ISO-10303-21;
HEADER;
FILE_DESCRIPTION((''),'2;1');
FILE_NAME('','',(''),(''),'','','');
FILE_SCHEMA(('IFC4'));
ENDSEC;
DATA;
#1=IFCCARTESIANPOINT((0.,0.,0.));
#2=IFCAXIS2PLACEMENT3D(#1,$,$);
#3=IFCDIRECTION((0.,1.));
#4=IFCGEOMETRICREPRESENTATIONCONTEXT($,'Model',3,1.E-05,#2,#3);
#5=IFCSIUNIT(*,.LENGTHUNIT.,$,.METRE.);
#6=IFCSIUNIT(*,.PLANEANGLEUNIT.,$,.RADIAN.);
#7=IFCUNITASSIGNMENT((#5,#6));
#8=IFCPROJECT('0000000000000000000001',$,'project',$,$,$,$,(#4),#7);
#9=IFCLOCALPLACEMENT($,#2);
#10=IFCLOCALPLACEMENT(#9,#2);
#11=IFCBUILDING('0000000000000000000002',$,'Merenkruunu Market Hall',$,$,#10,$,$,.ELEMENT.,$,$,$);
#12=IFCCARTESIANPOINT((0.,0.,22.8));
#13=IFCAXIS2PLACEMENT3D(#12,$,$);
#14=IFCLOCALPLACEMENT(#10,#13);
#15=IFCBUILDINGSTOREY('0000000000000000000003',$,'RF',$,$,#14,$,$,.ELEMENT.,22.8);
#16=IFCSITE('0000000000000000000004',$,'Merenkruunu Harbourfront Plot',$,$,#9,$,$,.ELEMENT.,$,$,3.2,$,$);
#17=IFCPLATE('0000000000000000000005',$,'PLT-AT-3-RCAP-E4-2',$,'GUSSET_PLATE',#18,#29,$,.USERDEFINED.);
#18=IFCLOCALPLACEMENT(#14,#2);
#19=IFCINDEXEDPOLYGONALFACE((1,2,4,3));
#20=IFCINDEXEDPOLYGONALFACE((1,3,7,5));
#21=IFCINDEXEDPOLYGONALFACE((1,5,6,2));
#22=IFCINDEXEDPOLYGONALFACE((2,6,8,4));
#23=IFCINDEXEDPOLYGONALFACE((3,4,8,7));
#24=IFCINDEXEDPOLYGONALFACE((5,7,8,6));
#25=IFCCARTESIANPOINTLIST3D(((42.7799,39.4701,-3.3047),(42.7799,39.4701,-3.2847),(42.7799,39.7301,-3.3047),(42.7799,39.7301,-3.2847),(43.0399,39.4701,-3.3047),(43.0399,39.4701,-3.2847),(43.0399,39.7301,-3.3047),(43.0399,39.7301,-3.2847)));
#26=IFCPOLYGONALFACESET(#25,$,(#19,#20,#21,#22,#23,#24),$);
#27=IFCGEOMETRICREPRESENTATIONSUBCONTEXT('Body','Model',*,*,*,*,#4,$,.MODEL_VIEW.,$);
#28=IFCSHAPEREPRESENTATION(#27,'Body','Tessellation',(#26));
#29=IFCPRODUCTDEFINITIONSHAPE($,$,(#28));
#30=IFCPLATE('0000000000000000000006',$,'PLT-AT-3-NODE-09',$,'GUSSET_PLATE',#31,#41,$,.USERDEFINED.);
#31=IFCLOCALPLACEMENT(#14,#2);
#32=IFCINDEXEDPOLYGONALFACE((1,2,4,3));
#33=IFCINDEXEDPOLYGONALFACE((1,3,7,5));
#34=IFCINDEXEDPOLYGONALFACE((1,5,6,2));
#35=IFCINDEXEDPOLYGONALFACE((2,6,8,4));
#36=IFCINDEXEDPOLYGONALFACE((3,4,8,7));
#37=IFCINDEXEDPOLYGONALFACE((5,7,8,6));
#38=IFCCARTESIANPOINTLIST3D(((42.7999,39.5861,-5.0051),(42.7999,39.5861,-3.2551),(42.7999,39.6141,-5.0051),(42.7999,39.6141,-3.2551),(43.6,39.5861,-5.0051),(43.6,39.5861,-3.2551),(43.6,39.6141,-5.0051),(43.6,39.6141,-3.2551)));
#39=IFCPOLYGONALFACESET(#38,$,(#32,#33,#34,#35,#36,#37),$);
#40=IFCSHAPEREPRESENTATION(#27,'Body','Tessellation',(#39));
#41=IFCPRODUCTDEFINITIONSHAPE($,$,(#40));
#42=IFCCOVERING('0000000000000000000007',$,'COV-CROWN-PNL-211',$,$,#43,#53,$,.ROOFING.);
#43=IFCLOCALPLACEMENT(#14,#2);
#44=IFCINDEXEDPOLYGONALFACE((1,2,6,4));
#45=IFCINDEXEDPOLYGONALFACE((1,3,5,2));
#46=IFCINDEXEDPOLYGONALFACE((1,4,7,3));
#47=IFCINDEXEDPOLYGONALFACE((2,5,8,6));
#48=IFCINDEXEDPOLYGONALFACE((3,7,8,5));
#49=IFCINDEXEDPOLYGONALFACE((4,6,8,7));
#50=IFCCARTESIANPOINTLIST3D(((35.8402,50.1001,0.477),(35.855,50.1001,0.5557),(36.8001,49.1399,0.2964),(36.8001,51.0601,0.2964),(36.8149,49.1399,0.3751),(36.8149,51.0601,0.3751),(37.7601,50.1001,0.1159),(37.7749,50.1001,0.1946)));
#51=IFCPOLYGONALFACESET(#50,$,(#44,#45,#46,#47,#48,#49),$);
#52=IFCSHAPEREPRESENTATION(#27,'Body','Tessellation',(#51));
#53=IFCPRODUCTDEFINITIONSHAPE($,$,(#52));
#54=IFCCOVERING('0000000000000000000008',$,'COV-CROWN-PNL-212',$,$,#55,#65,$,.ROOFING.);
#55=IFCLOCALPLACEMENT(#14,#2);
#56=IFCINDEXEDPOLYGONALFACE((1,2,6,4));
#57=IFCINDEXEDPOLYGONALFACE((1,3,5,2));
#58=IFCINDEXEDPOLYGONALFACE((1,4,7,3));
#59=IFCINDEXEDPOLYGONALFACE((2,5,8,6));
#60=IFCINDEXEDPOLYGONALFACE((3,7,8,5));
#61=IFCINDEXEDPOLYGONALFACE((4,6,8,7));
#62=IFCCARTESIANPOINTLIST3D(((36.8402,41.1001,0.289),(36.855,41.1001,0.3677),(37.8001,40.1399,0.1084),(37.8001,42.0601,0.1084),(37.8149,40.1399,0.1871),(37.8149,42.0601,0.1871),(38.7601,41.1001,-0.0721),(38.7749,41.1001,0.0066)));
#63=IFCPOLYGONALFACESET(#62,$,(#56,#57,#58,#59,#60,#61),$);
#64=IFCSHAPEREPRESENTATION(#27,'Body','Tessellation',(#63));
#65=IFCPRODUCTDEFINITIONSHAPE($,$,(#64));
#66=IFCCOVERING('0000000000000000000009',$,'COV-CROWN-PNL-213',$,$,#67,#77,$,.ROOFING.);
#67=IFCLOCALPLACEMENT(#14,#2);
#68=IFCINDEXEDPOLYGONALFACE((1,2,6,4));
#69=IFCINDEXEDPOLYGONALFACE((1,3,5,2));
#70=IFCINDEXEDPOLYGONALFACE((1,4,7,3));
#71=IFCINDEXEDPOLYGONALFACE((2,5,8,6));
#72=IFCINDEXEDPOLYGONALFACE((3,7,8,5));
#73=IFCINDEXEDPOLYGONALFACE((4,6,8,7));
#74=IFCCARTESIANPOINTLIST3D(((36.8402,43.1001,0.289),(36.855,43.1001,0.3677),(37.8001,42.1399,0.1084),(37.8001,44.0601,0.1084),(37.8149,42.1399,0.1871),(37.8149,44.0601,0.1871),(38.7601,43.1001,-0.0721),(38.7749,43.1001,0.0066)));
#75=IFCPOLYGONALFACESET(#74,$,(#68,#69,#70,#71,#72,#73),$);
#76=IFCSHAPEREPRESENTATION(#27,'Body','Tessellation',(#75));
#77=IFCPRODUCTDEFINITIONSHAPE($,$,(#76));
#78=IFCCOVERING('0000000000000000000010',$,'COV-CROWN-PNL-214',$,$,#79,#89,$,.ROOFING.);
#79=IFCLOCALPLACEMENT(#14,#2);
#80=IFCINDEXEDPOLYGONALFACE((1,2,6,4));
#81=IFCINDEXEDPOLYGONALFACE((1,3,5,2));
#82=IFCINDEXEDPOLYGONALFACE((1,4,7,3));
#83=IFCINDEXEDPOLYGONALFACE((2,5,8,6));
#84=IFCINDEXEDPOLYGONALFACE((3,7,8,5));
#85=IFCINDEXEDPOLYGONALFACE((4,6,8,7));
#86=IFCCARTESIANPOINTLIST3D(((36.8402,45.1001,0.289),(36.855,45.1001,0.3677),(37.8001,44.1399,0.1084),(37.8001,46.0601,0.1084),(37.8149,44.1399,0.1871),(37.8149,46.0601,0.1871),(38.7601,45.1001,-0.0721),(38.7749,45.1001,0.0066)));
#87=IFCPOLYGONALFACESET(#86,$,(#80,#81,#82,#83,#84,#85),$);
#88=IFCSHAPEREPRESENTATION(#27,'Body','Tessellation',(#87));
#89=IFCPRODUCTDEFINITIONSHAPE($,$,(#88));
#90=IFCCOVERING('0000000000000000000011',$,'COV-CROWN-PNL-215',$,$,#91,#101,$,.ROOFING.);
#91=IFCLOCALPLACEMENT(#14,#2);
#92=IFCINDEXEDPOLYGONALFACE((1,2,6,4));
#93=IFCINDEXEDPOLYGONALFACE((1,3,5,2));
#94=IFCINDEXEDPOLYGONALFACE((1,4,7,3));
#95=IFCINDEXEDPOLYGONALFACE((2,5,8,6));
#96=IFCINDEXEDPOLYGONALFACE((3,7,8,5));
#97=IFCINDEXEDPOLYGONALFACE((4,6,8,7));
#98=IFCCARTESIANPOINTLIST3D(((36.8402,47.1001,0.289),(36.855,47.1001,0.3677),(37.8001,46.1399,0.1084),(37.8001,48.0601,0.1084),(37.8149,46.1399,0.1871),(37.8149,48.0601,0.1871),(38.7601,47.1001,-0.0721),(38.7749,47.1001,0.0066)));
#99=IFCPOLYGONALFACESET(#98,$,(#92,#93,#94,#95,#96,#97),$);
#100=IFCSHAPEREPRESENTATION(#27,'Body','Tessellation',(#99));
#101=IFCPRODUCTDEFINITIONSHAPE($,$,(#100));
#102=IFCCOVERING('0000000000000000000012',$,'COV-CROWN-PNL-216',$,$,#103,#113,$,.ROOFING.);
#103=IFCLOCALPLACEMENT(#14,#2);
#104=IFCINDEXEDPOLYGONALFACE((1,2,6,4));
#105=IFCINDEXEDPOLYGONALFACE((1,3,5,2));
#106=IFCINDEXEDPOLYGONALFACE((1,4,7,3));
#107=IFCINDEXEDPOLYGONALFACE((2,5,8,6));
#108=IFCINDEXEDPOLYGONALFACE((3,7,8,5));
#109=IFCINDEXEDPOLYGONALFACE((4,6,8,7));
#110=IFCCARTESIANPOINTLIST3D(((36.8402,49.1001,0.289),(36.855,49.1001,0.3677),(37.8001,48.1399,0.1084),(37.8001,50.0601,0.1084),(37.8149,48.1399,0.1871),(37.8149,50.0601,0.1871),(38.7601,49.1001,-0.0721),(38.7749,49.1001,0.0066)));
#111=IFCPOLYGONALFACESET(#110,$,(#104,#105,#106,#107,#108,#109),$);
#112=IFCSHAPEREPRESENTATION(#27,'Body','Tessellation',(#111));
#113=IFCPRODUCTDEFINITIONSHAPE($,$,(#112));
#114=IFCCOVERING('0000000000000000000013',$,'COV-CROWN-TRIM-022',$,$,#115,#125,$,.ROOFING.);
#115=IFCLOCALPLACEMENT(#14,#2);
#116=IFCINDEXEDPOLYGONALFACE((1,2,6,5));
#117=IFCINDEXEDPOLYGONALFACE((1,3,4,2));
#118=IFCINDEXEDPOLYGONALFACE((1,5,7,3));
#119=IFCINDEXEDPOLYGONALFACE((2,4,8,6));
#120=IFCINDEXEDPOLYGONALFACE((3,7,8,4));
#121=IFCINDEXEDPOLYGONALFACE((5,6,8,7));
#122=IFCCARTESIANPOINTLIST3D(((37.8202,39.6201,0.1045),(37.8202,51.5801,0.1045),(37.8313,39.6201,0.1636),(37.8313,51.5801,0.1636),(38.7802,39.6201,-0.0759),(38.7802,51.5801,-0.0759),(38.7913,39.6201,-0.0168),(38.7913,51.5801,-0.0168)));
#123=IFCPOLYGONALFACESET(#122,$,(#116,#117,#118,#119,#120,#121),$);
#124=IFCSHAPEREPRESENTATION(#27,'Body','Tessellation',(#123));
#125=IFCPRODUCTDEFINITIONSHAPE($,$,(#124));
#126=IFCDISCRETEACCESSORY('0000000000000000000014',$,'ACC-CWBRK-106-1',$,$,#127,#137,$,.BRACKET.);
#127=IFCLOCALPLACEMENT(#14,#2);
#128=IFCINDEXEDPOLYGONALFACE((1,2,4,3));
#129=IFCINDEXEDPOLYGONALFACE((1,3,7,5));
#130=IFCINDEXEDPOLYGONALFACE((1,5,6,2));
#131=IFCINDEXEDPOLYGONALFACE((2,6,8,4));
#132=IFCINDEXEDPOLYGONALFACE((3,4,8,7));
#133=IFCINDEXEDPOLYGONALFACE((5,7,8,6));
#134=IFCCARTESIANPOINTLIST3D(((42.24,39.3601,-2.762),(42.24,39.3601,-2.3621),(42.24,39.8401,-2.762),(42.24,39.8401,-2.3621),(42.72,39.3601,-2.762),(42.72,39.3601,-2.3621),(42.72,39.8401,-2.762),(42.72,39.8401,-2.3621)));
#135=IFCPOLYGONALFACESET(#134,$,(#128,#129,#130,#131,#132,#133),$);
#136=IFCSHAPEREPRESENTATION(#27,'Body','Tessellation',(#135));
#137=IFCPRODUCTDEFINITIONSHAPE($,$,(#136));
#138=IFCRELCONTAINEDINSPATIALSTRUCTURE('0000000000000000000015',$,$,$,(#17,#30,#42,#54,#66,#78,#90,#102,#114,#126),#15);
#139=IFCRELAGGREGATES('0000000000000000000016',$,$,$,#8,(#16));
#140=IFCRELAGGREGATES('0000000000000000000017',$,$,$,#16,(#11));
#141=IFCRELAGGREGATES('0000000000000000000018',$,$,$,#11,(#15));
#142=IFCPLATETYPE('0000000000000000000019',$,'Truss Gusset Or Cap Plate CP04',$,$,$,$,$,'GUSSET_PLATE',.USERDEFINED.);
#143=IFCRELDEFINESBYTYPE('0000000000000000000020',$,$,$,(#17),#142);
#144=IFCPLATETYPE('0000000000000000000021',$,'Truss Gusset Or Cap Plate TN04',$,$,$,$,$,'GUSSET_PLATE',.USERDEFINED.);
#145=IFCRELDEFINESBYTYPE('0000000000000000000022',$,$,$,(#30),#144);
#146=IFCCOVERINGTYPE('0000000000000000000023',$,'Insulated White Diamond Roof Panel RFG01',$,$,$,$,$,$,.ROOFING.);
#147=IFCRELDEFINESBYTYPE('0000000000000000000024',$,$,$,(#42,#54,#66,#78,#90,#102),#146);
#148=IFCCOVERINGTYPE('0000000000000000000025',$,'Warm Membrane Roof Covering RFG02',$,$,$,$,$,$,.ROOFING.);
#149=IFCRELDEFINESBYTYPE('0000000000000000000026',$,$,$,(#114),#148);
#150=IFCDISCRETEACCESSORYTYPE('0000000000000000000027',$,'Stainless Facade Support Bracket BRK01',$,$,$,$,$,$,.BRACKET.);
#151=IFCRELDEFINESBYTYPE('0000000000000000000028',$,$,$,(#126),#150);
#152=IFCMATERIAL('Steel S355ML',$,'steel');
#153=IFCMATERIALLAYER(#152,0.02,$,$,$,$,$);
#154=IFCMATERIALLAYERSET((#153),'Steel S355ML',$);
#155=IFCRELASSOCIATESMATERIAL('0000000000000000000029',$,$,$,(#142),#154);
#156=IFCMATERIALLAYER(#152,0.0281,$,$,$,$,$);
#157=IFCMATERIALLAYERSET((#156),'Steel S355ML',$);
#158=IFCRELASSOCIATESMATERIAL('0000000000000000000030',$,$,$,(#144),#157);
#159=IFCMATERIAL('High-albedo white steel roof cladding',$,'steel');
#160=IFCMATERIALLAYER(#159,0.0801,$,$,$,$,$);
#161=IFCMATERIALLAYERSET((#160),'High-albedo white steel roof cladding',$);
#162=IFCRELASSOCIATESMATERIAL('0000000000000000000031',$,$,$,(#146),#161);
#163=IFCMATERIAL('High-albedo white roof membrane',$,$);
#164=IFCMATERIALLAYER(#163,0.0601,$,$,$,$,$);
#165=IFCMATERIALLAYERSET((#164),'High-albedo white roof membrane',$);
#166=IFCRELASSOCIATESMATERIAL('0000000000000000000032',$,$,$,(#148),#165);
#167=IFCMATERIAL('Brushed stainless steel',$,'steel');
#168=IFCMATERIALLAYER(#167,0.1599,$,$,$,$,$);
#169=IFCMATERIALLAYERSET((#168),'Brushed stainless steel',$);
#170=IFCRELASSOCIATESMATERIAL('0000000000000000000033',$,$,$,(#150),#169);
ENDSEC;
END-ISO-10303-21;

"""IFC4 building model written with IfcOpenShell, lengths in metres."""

from ifc_helpers import new_model, si_unit, direction, frame, origin, origin_2d, place, context, subcontext, project, spatial, polyline, rectangle, outline, extrude, material, layer, layer_set, type_object, element, save


model = new_model("IFC4")

# Units and contexts
model_context = context("Model", 3, precision=1e-05, world=origin(), true_north=direction((0.0, 1.0)))
body_context = subcontext(model_context, "Body", "Model", "MODEL_VIEW")
ifc_project = project(units=[si_unit("LENGTHUNIT", "METRE"), si_unit("PLANEANGLEUNIT", "RADIAN")], contexts=[model_context])

# Site, building, storey
site_placement = place(None, origin())
site = spatial("IfcSite", under=ifc_project, at=site_placement, Name="Merenkruunu Harbourfront Plot", CompositionType="ELEMENT", RefElevation=3.2)
building_placement = place(site_placement, origin())
building = spatial("IfcBuilding", under=site, at=building_placement, Name="Merenkruunu Market Hall", CompositionType="ELEMENT")
storey_placement = place(building_placement, frame((0.0, 0.0, 22.8)))
storey = spatial("IfcBuildingStorey", under=building, at=storey_placement, Name="RF", CompositionType="ELEMENT", Elevation=22.8)

# Shared definitions
ifc_material_1 = material(Name="Steel S355ML", Category="steel")

# Plates
ifc_layer_1 = layer(ifc_material_1, 0.02)
ifc_layer_set_1 = layer_set([ifc_layer_1], Name="Steel S355ML")
plate_type_1 = type_object("IfcPlateType", Name="Truss Gusset Or Cap Plate CP04", ElementType="GUSSET_PLATE", PredefinedType="USERDEFINED", material=ifc_layer_set_1)
plate_1_placement = place(storey_placement, frame((42.9099, 39.6001, -3.3047), z_axis=(0.0, 0.0, 1.0), x_axis=(1.0, 0.0, 0.0)))
element("IfcPlate", 1, at=plate_1_placement, inside=storey, type_object=plate_type_1, Name="PLT-AT-3-RCAP-E4-2", ObjectType="GUSSET_PLATE", PredefinedType="USERDEFINED", context=body_context, shape_type="SweptSolid", body=[
    extrude(rectangle(XDim=0.26, YDim=0.26, at=origin_2d()), origin(), (0.0, 0.0, 1.0), 0.02),
])
ifc_layer_2 = layer(ifc_material_1, 0.0281)
ifc_layer_set_2 = layer_set([ifc_layer_2], Name="Steel S355ML")
plate_type_2 = type_object("IfcPlateType", Name="Truss Gusset Or Cap Plate TN04", ElementType="GUSSET_PLATE", PredefinedType="USERDEFINED", material=ifc_layer_set_2)
plate_2_placement = place(storey_placement, frame((43.2, 39.6001, -5.0051), z_axis=(0.0, 0.0, 1.0), x_axis=(1.0, 0.0, 0.0)))
element("IfcPlate", 2, at=plate_2_placement, inside=storey, type_object=plate_type_2, Name="PLT-AT-3-NODE-09", ObjectType="GUSSET_PLATE", PredefinedType="USERDEFINED", context=body_context, shape_type="SweptSolid", body=[
    extrude(rectangle(XDim=0.8, YDim=0.0281, at=origin_2d()), origin(), (0.0, 0.0, 1.0), 1.75),
])

# Coverings
ifc_material_2 = material(Name="High-albedo white steel roof cladding", Category="steel")
ifc_layer_3 = layer(ifc_material_2, 0.0801)
ifc_layer_set_3 = layer_set([ifc_layer_3], Name="High-albedo white steel roof cladding")
covering_type_1 = type_object("IfcCoveringType", Name="Insulated White Diamond Roof Panel RFG01", PredefinedType="ROOFING", material=ifc_layer_set_3)
for number, where, z_axis, x_axis, name in (
    (3, (35.855, 50.1001, 0.5557), (0.184832, 0.0, 0.98277), (0.70084, -0.701035, -0.131809), "COV-CROWN-PNL-211"),
    (4, (36.855, 41.1001, 0.3677), (0.184832, 0.0, 0.98277), (0.70084, -0.701035, -0.131809), "COV-CROWN-PNL-212"),
    (5, (36.855, 43.1001, 0.3677), (0.184832, 0.0, 0.98277), (0.70084, -0.701035, -0.131809), "COV-CROWN-PNL-213"),
    (6, (36.855, 45.1001, 0.3677), (0.184832, 0.0, 0.98277), (0.70084, -0.701035, -0.131809), "COV-CROWN-PNL-214"),
    (7, (36.855, 47.1001, 0.3677), (0.184832, 0.0, 0.98277), (0.70084, -0.701035, -0.131809), "COV-CROWN-PNL-215"),
    (8, (36.855, 49.1001, 0.3677), (0.184832, 0.0, 0.98277), (0.70084, -0.701035, -0.131809), "COV-CROWN-PNL-216"),
):
    element("IfcCovering", number, at=place(storey_placement, frame(where, z_axis=z_axis, x_axis=x_axis)), inside=storey, type_object=covering_type_1, Name=name, PredefinedType="ROOFING", context=body_context, shape_type="SweptSolid", body=[
        extrude(outline(polyline([(0.0, 0.0), (1.3697, 0.0), (1.3932, 1.3695), (0.0236, 1.3693), (0.0, 0.0)])), origin(), (0.0, 0.0, -1.0), 0.0801),
    ])
ifc_material_3 = material(Name="High-albedo white roof membrane")
ifc_layer_4 = layer(ifc_material_3, 0.0601)
ifc_layer_set_4 = layer_set([ifc_layer_4], Name="High-albedo white roof membrane")
covering_type_2 = type_object("IfcCoveringType", Name="Warm Membrane Roof Covering RFG02", PredefinedType="ROOFING", material=ifc_layer_set_4)
covering_placement = place(storey_placement, frame((37.8313, 39.6201, 0.1636), z_axis=(0.184711, 0.0, 0.982793), x_axis=(0.982793, 0.0, -0.184711)))
element("IfcCovering", 9, at=covering_placement, inside=storey, type_object=covering_type_2, Name="COV-CROWN-TRIM-022", PredefinedType="ROOFING", context=body_context, shape_type="SweptSolid", body=[
    extrude(outline(polyline([(0.0, 0.0), (0.9768, 0.0), (0.9768, 11.96), (0.0, 11.96), (0.0, 0.0)])), origin(), (0.0, 0.0, -1.0), 0.0601),
])

# Discrete accessory
ifc_material_4 = material(Name="Brushed stainless steel", Category="steel")
ifc_layer_5 = layer(ifc_material_4, 0.1599)
ifc_layer_set_5 = layer_set([ifc_layer_5], Name="Brushed stainless steel")
discrete_accessory_type = type_object("IfcDiscreteAccessoryType", Name="Stainless Facade Support Bracket BRK01", PredefinedType="BRACKET", material=ifc_layer_set_5)
discrete_accessory_placement = place(storey_placement, frame((42.48, 39.6001, -2.762), z_axis=(0.0, 0.0, 1.0), x_axis=(1.0, 0.0, 0.0)))
element("IfcDiscreteAccessory", 10, at=discrete_accessory_placement, inside=storey, type_object=discrete_accessory_type, Name="ACC-CWBRK-106-1", PredefinedType="BRACKET", context=body_context, shape_type="SweptSolid", body=[
    extrude(rectangle(XDim=0.48, YDim=0.48, at=origin_2d()), origin(), (0.0, 0.0, 1.0), 0.3999),
])

save(model, "model.ifc")
